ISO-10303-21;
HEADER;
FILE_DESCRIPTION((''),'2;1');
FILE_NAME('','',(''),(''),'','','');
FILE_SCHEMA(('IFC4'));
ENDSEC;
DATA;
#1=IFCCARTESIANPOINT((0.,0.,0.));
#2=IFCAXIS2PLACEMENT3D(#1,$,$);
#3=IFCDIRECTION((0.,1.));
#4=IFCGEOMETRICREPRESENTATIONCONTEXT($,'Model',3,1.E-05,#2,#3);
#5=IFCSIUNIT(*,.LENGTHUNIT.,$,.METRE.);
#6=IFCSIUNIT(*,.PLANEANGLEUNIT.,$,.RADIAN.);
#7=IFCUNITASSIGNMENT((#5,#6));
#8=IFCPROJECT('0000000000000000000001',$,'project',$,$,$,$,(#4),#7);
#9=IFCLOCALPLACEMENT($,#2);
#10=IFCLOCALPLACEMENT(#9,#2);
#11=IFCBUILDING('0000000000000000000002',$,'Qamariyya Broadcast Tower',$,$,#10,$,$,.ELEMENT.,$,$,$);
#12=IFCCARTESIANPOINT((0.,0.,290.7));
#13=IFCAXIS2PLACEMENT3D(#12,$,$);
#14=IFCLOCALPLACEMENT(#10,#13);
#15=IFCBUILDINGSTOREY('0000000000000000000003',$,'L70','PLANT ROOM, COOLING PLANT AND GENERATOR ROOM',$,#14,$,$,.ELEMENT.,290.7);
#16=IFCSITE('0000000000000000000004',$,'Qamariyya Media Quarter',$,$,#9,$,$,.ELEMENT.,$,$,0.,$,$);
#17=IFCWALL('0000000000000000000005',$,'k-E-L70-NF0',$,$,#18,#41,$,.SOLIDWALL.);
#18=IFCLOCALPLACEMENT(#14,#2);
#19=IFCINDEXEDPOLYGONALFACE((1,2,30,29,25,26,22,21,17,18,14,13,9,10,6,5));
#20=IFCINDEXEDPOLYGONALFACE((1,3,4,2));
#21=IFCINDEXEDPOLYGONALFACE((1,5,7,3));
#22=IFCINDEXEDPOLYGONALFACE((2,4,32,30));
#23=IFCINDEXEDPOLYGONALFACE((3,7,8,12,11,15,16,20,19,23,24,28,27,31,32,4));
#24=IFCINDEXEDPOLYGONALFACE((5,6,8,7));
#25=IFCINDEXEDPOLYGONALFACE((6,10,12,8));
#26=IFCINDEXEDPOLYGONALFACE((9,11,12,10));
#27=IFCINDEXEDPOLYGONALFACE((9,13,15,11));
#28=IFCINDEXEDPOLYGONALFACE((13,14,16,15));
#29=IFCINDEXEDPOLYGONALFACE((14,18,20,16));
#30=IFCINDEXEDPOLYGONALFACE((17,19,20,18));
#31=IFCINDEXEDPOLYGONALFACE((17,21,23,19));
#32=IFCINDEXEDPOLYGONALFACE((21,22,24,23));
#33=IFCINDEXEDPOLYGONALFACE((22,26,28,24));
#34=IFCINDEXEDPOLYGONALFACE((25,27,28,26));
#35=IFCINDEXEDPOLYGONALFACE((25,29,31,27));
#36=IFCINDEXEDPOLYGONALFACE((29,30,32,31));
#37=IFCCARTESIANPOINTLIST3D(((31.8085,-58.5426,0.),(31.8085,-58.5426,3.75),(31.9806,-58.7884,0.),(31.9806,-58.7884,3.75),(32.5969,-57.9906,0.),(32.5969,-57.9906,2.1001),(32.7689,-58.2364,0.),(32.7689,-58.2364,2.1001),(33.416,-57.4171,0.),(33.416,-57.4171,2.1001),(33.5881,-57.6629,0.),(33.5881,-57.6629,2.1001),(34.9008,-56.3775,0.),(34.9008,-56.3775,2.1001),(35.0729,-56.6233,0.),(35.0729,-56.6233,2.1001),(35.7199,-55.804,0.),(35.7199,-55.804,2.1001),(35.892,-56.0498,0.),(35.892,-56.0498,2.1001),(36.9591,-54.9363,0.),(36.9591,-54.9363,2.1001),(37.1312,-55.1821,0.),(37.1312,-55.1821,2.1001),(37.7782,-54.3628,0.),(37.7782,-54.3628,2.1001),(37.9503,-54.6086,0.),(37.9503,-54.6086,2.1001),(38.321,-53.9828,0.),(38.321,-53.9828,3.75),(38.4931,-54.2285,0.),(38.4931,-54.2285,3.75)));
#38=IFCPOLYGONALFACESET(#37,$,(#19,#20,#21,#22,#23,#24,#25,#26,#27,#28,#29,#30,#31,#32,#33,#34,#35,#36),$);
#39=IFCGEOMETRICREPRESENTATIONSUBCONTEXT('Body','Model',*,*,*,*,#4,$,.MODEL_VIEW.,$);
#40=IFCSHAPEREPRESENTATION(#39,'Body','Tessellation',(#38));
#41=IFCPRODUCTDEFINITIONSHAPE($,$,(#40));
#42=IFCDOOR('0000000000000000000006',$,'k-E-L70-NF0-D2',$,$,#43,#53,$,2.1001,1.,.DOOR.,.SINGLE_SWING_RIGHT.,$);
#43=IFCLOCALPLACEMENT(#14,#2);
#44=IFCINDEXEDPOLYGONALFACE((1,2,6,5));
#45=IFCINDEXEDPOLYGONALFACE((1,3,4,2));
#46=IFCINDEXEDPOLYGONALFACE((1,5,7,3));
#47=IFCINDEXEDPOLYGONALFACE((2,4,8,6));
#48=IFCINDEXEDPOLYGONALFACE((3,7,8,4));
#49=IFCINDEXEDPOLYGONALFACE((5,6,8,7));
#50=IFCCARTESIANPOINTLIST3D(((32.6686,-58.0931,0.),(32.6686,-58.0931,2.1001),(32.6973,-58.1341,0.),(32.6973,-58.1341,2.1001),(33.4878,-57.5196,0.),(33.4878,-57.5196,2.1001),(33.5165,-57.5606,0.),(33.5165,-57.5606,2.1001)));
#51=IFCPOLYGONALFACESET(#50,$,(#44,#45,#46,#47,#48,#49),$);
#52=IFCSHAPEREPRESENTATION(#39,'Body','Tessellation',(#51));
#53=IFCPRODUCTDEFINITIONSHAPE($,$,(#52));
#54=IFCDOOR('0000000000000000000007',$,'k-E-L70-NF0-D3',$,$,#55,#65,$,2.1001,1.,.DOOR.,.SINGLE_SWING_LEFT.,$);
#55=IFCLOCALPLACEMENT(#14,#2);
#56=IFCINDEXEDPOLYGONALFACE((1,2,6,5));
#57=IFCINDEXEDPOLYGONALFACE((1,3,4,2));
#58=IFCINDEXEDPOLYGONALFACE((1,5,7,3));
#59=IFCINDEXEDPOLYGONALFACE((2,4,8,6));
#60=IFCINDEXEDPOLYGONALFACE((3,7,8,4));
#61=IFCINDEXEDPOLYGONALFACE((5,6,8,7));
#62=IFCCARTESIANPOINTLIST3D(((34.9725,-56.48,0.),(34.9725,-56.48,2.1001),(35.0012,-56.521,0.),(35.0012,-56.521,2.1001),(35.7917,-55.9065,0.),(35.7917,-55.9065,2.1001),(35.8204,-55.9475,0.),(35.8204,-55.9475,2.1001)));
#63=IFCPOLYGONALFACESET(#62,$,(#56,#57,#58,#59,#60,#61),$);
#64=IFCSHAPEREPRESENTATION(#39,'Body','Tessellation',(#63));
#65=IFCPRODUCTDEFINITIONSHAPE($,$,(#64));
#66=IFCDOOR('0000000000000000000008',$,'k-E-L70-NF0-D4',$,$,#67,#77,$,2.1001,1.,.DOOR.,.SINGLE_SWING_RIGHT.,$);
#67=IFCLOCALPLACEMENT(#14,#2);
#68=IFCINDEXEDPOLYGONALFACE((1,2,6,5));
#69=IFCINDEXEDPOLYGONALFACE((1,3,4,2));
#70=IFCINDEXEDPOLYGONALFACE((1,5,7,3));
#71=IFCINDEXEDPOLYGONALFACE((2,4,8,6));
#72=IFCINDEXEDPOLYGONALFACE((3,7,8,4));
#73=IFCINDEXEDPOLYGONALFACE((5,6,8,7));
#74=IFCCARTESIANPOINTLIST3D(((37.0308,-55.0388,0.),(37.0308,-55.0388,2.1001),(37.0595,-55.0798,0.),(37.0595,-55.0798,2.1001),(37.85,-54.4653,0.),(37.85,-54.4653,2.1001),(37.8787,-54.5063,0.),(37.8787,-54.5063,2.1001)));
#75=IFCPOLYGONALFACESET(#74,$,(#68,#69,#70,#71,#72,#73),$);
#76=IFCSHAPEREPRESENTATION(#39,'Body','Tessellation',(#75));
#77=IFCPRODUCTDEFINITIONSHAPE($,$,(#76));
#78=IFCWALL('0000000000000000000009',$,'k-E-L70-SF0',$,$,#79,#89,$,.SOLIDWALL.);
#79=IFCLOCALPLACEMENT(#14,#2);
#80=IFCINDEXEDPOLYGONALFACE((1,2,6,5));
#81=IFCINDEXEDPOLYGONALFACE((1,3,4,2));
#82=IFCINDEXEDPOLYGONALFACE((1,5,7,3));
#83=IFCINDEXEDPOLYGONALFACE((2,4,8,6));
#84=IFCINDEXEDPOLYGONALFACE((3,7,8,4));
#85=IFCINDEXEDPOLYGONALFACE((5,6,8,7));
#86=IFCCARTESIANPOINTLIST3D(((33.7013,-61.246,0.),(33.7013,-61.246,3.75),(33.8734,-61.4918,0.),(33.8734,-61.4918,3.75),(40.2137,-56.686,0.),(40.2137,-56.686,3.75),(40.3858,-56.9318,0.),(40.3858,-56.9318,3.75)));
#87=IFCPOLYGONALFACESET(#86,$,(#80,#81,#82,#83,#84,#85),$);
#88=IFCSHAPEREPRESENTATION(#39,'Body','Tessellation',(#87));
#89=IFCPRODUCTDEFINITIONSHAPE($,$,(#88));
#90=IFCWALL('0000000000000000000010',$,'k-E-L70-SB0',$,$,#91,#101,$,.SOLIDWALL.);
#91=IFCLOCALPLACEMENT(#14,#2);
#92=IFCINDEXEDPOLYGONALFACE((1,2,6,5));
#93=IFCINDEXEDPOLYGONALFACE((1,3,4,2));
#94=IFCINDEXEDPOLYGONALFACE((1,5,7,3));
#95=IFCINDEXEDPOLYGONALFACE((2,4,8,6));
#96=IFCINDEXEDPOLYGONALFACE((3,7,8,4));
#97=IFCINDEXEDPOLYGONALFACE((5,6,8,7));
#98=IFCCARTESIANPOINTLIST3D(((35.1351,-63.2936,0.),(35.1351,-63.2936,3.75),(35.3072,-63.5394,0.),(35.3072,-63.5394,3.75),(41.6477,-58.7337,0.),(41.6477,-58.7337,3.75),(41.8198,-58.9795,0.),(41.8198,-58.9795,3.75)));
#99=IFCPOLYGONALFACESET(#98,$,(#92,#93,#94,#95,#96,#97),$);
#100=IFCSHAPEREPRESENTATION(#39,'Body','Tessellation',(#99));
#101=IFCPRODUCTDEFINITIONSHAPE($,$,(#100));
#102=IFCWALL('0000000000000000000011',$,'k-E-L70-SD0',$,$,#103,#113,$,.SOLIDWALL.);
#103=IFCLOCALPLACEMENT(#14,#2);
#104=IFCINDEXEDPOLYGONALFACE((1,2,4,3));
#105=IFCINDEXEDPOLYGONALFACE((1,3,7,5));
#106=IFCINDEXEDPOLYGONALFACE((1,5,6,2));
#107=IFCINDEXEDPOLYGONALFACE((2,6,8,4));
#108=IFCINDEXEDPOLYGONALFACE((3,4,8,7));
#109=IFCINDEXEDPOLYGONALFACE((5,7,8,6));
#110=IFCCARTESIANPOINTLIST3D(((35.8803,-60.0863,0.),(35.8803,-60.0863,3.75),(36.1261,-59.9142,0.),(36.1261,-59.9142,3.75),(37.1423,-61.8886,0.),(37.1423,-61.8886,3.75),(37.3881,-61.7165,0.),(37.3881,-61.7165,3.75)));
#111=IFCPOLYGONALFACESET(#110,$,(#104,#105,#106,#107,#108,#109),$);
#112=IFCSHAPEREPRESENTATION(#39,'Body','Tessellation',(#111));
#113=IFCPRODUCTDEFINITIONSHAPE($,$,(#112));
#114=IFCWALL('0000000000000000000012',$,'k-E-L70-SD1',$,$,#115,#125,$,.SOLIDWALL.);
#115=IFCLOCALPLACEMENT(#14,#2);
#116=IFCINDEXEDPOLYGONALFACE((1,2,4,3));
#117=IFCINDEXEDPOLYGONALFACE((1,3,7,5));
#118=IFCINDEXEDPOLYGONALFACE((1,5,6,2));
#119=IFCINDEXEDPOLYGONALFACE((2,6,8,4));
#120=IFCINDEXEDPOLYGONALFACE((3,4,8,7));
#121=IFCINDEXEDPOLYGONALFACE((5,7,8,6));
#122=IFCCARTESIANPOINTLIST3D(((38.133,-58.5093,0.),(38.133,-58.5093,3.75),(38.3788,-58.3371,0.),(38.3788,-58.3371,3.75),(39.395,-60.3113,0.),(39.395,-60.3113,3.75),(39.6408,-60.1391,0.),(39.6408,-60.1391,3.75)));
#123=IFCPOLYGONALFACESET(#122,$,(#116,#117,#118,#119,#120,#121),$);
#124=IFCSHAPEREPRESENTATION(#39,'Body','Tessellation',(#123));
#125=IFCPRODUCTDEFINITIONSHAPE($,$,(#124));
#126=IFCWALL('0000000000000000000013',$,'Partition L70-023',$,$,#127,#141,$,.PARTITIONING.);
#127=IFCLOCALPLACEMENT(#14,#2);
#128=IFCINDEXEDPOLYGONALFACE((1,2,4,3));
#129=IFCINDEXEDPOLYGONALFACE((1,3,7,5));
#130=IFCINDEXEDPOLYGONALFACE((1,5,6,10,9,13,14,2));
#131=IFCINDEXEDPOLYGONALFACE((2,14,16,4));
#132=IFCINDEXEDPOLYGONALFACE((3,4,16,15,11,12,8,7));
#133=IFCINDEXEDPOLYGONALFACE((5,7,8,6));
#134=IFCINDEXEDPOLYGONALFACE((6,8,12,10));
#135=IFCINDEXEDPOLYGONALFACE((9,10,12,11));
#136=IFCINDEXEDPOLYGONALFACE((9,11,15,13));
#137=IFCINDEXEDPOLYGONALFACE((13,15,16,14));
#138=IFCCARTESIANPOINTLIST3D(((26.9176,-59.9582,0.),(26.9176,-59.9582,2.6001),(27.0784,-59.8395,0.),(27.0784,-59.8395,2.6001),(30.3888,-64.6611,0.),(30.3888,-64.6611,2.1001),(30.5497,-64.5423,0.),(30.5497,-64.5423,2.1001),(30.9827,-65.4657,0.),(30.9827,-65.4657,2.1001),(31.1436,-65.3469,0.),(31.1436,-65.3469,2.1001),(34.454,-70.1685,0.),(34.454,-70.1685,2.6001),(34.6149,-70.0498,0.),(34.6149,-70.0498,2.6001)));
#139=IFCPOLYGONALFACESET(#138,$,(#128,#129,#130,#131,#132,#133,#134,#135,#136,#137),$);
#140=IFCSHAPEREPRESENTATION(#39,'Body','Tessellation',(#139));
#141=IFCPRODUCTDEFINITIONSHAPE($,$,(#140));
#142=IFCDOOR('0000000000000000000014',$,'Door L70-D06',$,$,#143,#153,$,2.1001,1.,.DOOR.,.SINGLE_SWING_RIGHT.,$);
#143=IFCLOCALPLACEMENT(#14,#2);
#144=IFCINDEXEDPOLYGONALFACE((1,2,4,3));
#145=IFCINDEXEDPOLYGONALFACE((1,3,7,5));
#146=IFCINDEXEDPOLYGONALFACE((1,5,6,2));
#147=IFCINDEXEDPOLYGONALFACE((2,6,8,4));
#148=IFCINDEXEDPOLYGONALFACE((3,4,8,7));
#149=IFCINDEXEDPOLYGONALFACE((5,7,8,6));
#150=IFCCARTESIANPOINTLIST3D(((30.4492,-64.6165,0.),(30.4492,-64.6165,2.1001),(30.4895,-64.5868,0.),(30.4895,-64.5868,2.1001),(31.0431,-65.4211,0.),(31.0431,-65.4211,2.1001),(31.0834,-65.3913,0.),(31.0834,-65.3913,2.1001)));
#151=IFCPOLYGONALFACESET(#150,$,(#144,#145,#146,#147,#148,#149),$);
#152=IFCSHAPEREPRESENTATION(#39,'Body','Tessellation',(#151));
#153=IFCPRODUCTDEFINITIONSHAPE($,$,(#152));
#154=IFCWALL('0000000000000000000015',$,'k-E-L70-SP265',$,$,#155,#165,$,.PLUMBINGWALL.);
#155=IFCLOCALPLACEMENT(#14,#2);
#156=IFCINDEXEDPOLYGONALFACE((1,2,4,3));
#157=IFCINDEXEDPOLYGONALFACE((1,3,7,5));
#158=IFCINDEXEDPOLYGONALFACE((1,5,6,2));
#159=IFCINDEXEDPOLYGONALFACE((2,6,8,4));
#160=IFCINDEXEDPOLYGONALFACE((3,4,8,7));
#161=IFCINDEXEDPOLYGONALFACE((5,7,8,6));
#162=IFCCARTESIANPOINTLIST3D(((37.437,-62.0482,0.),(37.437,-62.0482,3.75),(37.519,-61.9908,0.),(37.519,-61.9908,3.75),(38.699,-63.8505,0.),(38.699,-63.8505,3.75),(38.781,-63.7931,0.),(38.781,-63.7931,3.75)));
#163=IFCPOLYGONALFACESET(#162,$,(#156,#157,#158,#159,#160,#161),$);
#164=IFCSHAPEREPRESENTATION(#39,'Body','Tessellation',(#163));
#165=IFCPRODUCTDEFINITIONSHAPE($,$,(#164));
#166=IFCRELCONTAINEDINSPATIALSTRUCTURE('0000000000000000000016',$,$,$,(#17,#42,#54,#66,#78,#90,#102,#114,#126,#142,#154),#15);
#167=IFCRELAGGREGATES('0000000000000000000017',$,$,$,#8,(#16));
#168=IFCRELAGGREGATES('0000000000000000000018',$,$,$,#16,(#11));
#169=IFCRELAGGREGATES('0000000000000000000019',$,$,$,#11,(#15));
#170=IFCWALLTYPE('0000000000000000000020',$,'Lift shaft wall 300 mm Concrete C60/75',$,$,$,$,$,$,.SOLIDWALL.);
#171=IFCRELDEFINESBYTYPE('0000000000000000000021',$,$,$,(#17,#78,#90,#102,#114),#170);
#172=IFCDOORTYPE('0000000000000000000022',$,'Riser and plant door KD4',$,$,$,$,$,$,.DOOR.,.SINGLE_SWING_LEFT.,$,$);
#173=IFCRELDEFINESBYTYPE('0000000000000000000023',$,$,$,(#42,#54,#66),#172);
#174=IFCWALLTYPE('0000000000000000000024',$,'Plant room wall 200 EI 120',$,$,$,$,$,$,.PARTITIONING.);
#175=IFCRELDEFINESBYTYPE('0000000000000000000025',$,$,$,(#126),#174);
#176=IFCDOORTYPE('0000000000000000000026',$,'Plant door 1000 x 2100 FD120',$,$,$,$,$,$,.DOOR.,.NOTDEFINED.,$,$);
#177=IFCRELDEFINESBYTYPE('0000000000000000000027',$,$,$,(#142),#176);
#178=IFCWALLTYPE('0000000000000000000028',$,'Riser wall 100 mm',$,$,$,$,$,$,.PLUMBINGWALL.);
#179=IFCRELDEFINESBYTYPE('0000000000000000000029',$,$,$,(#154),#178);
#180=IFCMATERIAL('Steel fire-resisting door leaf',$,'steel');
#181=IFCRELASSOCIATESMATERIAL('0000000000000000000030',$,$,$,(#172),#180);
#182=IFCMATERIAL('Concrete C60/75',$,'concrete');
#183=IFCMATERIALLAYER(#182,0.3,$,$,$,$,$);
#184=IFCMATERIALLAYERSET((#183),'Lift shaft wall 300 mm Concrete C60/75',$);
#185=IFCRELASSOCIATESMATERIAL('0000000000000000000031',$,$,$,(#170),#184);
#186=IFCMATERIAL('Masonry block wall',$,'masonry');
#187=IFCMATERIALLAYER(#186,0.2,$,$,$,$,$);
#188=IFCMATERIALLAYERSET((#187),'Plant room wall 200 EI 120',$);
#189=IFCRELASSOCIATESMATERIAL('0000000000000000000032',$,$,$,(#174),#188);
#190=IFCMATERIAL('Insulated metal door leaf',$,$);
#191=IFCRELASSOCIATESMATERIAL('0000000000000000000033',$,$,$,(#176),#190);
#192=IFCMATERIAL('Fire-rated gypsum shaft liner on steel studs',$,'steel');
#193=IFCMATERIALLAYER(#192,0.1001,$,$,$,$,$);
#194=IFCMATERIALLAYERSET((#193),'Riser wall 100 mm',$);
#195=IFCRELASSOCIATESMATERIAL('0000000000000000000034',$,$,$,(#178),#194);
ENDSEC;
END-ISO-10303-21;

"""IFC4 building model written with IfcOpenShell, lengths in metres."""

from ifc_helpers import new_model, si_unit, direction, frame, frame_2d, origin, place, context, subcontext, project, spatial, rectangle, extrude, material, layer, layer_set, type_object, element, fill, save


model = new_model("IFC4")

# Units and contexts
model_context = context("Model", 3, precision=1e-05, world=origin(), true_north=direction((0.0, 1.0)))
body_context = subcontext(model_context, "Body", "Model", "MODEL_VIEW")
ifc_project = project(units=[si_unit("LENGTHUNIT", "METRE"), si_unit("PLANEANGLEUNIT", "RADIAN")], contexts=[model_context])

# Site, building, storey
site_placement = place(None, origin())
site = spatial("IfcSite", under=ifc_project, at=site_placement, Name="Qamariyya Media Quarter", CompositionType="ELEMENT", RefElevation=0.0)
building_placement = place(site_placement, origin())
building = spatial("IfcBuilding", under=site, at=building_placement, Name="Qamariyya Broadcast Tower", CompositionType="ELEMENT")
storey_placement = place(building_placement, frame((0.0, 0.0, 290.7)))
storey = spatial("IfcBuildingStorey", under=building, at=storey_placement, Name="L70", Description="PLANT ROOM, COOLING PLANT AND GENERATOR ROOM", CompositionType="ELEMENT", Elevation=290.7)

# Shared definitions
ifc_material_1 = material(Name="Concrete C60/75", Category="concrete")
ifc_material_2 = material(Name="Steel fire-resisting door leaf", Category="steel")

# Shared definitions
door_type_1 = type_object("IfcDoorType", Name="Riser and plant door KD4", OperationType="SINGLE_SWING_LEFT", PredefinedType="DOOR", material=ifc_material_2)

# Wall, openings, doors
ifc_layer_1 = layer(ifc_material_1, 0.3)
ifc_layer_set_1 = layer_set([ifc_layer_1], Name="Lift shaft wall 300 mm Concrete C60/75")
wall_type_1 = type_object("IfcWallType", Name="Lift shaft wall 300 mm Concrete C60/75", PredefinedType="SOLIDWALL", material=ifc_layer_set_1)
wall_1_placement = place(storey_placement, frame((31.8945, -58.6655, 0.0), z_axis=(0.0, 0.0, 1.0), x_axis=(0.819167, 0.573555, 0.0)))
wall_1 = element("IfcWall", 1, at=wall_1_placement, inside=storey, type_object=wall_type_1, Name="k-E-L70-NF0", PredefinedType="SOLIDWALL", context=body_context, shape_type="SweptSolid", body=[
    extrude(rectangle(XDim=7.9502, YDim=0.3, at=frame_2d((3.9751, 0.0))), origin(), (0.0, 0.0, 1.0), 3.75),
])
opening_1_placement = place(wall_1_placement, frame((0.9624, 0.0, 0.0)))
opening_1 = element("IfcOpeningElement", 2, at=opening_1_placement, cuts=wall_1, PredefinedType="OPENING", context=body_context, shape_type="SweptSolid", body=[
    extrude(rectangle(XDim=1.0, YDim=2.1001, at=frame_2d((0.5, 1.05))), frame((0.0, 0.1599, 0.0), z_axis=(0.0, -1.0, 0.0), x_axis=(1.0, 0.0, 0.0)), (0.0, 0.0, 1.0), 0.3201),
])
opening_2_placement = place(wall_1_placement, frame((3.7749, 0.0, 0.0)))
opening_2 = element("IfcOpeningElement", 3, at=opening_2_placement, cuts=wall_1, PredefinedType="OPENING", context=body_context, shape_type="SweptSolid", body=[
    extrude(rectangle(XDim=1.0, YDim=2.1001, at=frame_2d((0.5, 1.05))), frame((0.0, 0.1599, 0.0), z_axis=(0.0, -1.0, 0.0), x_axis=(1.0, 0.0, 0.0)), (0.0, 0.0, 1.0), 0.3201),
])
opening_3_placement = place(wall_1_placement, frame((6.2876, 0.0, 0.0)))
opening_3 = element("IfcOpeningElement", 4, at=opening_3_placement, cuts=wall_1, PredefinedType="OPENING", context=body_context, shape_type="SweptSolid", body=[
    extrude(rectangle(XDim=1.0, YDim=2.1001, at=frame_2d((0.5, 1.05))), frame((0.0, 0.1599, 0.0), z_axis=(0.0, -1.0, 0.0), x_axis=(1.0, 0.0, 0.0)), (0.0, 0.0, 1.0), 0.3201),
])
door_1_placement = place(opening_1_placement, origin())
door_1 = element("IfcDoor", 5, at=door_1_placement, inside=storey, type_object=door_type_1, Name="k-E-L70-NF0-D2", OperationType="SINGLE_SWING_RIGHT", OverallHeight=2.1001, OverallWidth=1.0, PredefinedType="DOOR", context=body_context, shape_type="SweptSolid", body=[
    extrude(rectangle(XDim=1.0, YDim=2.1001, at=frame_2d((0.5, 1.05))), frame((0.0, 0.0249, 0.0), z_axis=(0.0, -1.0, 0.0), x_axis=(1.0, 0.0, 0.0)), (0.0, 0.0, 1.0), 0.05),
])
fill(opening_1, door_1)
door_2_placement = place(opening_2_placement, origin())
door_2 = element("IfcDoor", 6, at=door_2_placement, inside=storey, type_object=door_type_1, Name="k-E-L70-NF0-D3", OperationType="SINGLE_SWING_LEFT", OverallHeight=2.1001, OverallWidth=1.0, PredefinedType="DOOR", context=body_context, shape_type="SweptSolid", body=[
    extrude(rectangle(XDim=1.0, YDim=2.1001, at=frame_2d((0.5, 1.05))), frame((0.0, 0.0249, 0.0), z_axis=(0.0, -1.0, 0.0), x_axis=(1.0, 0.0, 0.0)), (0.0, 0.0, 1.0), 0.05),
])
fill(opening_2, door_2)
door_3_placement = place(opening_3_placement, origin())
door_3 = element("IfcDoor", 7, at=door_3_placement, inside=storey, type_object=door_type_1, Name="k-E-L70-NF0-D4", OperationType="SINGLE_SWING_RIGHT", OverallHeight=2.1001, OverallWidth=1.0, PredefinedType="DOOR", context=body_context, shape_type="SweptSolid", body=[
    extrude(rectangle(XDim=1.0, YDim=2.1001, at=frame_2d((0.5, 1.05))), frame((0.0, 0.0249, 0.0), z_axis=(0.0, -1.0, 0.0), x_axis=(1.0, 0.0, 0.0)), (0.0, 0.0, 1.0), 0.05),
])
fill(opening_3, door_3)

# Walls
for number, where, z_axis, x_axis, name in (
    (8, (33.7874, -61.3689, 0.0), (0.0, 0.0, 1.0), (0.819153, 0.573576, 0.0), "k-E-L70-SF0"),
    (9, (35.2212, -63.4165, 0.0), (0.0, 0.0, 1.0), (0.819167, 0.573555, 0.0), "k-E-L70-SB0"),
):
    element("IfcWall", number, at=place(storey_placement, frame(where, z_axis=z_axis, x_axis=x_axis)), inside=storey, type_object=wall_type_1, Name=name, PredefinedType="SOLIDWALL", context=body_context, shape_type="SweptSolid", body=[
        extrude(rectangle(XDim=7.9502, YDim=0.3, at=frame_2d((3.9751, 0.0))), origin(), (0.0, 0.0, 1.0), 3.75),
    ])
wall_2_placement = place(storey_placement, frame((36.0032, -60.0002, 0.0), z_axis=(0.0, 0.0, 1.0), x_axis=(0.573581, -0.819149, 0.0)))
element("IfcWall", 10, at=wall_2_placement, inside=storey, type_object=wall_type_1, Name="k-E-L70-SD0", PredefinedType="SOLIDWALL", context=body_context, shape_type="SweptSolid", body=[
    extrude(rectangle(XDim=2.2002, YDim=0.3, at=frame_2d((1.1001, 0.0))), origin(), (0.0, 0.0, 1.0), 3.75),
])
wall_3_placement = place(storey_placement, frame((38.2559, -58.4231, 0.0), z_axis=(0.0, 0.0, 1.0), x_axis=(0.573634, -0.819112, 0.0)))
element("IfcWall", 11, at=wall_3_placement, inside=storey, type_object=wall_type_1, Name="k-E-L70-SD1", PredefinedType="SOLIDWALL", context=body_context, shape_type="SweptSolid", body=[
    extrude(rectangle(XDim=2.2, YDim=0.3, at=frame_2d((1.1001, 0.0))), origin(), (0.0, 0.0, 1.0), 3.75),
])

# Wall, opening, door
ifc_material_3 = material(Name="Masonry block wall", Category="masonry")
ifc_layer_2 = layer(ifc_material_3, 0.2)
ifc_layer_set_2 = layer_set([ifc_layer_2], Name="Plant room wall 200 EI 120")
wall_type_2 = type_object("IfcWallType", Name="Plant room wall 200 EI 120", PredefinedType="PARTITIONING", material=ifc_layer_set_2)
wall_4_placement = place(storey_placement, frame((34.5344, -70.1091, 0.0), z_axis=(0.0, 0.0, 1.0), x_axis=(-0.593866, 0.804564, 0.0)))
wall_4 = element("IfcWall", 12, at=wall_4_placement, inside=storey, type_object=wall_type_2, Name="Partition L70-023", PredefinedType="PARTITIONING", context=body_context, shape_type="SweptSolid", body=[
    extrude(rectangle(XDim=12.6904, YDim=0.2, at=frame_2d((6.3452, 0.0))), origin(), (0.0, 0.0, 1.0), 2.6001),
])
opening_4_placement = place(wall_4_placement, frame((5.8452, 0.0, 0.0)))
opening_4 = element("IfcOpeningElement", 13, at=opening_4_placement, cuts=wall_4, PredefinedType="OPENING", context=body_context, shape_type="SweptSolid", body=[
    extrude(rectangle(XDim=1.0, YDim=2.1001, at=frame_2d((0.5, 1.05))), frame((0.0, 0.1099, 0.0), z_axis=(0.0, -1.0, 0.0), x_axis=(1.0, 0.0, 0.0)), (0.0, 0.0, 1.0), 0.22),
])
ifc_material_4 = material(Name="Insulated metal door leaf")
door_type_2 = type_object("IfcDoorType", Name="Plant door 1000 x 2100 FD120", OperationType="NOTDEFINED", PredefinedType="DOOR", material=ifc_material_4)
door_4_placement = place(opening_4_placement, origin())
door_4 = element("IfcDoor", 14, at=door_4_placement, inside=storey, type_object=door_type_2, Name="Door L70-D06", OperationType="SINGLE_SWING_RIGHT", OverallHeight=2.1001, OverallWidth=1.0, PredefinedType="DOOR", context=body_context, shape_type="SweptSolid", body=[
    extrude(rectangle(XDim=1.0, YDim=2.1001, at=frame_2d((0.5, 1.05))), frame((0.0, 0.0249, 0.0), z_axis=(0.0, -1.0, 0.0), x_axis=(1.0, 0.0, 0.0)), (0.0, 0.0, 1.0), 0.05),
])
fill(opening_4, door_4)

# Wall
ifc_material_5 = material(Name="Fire-rated gypsum shaft liner on steel studs", Category="steel")
ifc_layer_3 = layer(ifc_material_5, 0.1001)
ifc_layer_set_3 = layer_set([ifc_layer_3], Name="Riser wall 100 mm")
wall_type_3 = type_object("IfcWallType", Name="Riser wall 100 mm", PredefinedType="PLUMBINGWALL", material=ifc_layer_set_3)
wall_5_placement = place(storey_placement, frame((37.478, -62.0195, 0.0), z_axis=(0.0, 0.0, 1.0), x_axis=(0.573581, -0.819149, 0.0)))
element("IfcWall", 15, at=wall_5_placement, inside=storey, type_object=wall_type_3, Name="k-E-L70-SP265", PredefinedType="PLUMBINGWALL", context=body_context, shape_type="SweptSolid", body=[
    extrude(rectangle(XDim=2.2002, YDim=0.1001, at=frame_2d((1.1001, 0.0))), origin(), (0.0, 0.0, 1.0), 3.75),
])

save(model, "model.ifc")
